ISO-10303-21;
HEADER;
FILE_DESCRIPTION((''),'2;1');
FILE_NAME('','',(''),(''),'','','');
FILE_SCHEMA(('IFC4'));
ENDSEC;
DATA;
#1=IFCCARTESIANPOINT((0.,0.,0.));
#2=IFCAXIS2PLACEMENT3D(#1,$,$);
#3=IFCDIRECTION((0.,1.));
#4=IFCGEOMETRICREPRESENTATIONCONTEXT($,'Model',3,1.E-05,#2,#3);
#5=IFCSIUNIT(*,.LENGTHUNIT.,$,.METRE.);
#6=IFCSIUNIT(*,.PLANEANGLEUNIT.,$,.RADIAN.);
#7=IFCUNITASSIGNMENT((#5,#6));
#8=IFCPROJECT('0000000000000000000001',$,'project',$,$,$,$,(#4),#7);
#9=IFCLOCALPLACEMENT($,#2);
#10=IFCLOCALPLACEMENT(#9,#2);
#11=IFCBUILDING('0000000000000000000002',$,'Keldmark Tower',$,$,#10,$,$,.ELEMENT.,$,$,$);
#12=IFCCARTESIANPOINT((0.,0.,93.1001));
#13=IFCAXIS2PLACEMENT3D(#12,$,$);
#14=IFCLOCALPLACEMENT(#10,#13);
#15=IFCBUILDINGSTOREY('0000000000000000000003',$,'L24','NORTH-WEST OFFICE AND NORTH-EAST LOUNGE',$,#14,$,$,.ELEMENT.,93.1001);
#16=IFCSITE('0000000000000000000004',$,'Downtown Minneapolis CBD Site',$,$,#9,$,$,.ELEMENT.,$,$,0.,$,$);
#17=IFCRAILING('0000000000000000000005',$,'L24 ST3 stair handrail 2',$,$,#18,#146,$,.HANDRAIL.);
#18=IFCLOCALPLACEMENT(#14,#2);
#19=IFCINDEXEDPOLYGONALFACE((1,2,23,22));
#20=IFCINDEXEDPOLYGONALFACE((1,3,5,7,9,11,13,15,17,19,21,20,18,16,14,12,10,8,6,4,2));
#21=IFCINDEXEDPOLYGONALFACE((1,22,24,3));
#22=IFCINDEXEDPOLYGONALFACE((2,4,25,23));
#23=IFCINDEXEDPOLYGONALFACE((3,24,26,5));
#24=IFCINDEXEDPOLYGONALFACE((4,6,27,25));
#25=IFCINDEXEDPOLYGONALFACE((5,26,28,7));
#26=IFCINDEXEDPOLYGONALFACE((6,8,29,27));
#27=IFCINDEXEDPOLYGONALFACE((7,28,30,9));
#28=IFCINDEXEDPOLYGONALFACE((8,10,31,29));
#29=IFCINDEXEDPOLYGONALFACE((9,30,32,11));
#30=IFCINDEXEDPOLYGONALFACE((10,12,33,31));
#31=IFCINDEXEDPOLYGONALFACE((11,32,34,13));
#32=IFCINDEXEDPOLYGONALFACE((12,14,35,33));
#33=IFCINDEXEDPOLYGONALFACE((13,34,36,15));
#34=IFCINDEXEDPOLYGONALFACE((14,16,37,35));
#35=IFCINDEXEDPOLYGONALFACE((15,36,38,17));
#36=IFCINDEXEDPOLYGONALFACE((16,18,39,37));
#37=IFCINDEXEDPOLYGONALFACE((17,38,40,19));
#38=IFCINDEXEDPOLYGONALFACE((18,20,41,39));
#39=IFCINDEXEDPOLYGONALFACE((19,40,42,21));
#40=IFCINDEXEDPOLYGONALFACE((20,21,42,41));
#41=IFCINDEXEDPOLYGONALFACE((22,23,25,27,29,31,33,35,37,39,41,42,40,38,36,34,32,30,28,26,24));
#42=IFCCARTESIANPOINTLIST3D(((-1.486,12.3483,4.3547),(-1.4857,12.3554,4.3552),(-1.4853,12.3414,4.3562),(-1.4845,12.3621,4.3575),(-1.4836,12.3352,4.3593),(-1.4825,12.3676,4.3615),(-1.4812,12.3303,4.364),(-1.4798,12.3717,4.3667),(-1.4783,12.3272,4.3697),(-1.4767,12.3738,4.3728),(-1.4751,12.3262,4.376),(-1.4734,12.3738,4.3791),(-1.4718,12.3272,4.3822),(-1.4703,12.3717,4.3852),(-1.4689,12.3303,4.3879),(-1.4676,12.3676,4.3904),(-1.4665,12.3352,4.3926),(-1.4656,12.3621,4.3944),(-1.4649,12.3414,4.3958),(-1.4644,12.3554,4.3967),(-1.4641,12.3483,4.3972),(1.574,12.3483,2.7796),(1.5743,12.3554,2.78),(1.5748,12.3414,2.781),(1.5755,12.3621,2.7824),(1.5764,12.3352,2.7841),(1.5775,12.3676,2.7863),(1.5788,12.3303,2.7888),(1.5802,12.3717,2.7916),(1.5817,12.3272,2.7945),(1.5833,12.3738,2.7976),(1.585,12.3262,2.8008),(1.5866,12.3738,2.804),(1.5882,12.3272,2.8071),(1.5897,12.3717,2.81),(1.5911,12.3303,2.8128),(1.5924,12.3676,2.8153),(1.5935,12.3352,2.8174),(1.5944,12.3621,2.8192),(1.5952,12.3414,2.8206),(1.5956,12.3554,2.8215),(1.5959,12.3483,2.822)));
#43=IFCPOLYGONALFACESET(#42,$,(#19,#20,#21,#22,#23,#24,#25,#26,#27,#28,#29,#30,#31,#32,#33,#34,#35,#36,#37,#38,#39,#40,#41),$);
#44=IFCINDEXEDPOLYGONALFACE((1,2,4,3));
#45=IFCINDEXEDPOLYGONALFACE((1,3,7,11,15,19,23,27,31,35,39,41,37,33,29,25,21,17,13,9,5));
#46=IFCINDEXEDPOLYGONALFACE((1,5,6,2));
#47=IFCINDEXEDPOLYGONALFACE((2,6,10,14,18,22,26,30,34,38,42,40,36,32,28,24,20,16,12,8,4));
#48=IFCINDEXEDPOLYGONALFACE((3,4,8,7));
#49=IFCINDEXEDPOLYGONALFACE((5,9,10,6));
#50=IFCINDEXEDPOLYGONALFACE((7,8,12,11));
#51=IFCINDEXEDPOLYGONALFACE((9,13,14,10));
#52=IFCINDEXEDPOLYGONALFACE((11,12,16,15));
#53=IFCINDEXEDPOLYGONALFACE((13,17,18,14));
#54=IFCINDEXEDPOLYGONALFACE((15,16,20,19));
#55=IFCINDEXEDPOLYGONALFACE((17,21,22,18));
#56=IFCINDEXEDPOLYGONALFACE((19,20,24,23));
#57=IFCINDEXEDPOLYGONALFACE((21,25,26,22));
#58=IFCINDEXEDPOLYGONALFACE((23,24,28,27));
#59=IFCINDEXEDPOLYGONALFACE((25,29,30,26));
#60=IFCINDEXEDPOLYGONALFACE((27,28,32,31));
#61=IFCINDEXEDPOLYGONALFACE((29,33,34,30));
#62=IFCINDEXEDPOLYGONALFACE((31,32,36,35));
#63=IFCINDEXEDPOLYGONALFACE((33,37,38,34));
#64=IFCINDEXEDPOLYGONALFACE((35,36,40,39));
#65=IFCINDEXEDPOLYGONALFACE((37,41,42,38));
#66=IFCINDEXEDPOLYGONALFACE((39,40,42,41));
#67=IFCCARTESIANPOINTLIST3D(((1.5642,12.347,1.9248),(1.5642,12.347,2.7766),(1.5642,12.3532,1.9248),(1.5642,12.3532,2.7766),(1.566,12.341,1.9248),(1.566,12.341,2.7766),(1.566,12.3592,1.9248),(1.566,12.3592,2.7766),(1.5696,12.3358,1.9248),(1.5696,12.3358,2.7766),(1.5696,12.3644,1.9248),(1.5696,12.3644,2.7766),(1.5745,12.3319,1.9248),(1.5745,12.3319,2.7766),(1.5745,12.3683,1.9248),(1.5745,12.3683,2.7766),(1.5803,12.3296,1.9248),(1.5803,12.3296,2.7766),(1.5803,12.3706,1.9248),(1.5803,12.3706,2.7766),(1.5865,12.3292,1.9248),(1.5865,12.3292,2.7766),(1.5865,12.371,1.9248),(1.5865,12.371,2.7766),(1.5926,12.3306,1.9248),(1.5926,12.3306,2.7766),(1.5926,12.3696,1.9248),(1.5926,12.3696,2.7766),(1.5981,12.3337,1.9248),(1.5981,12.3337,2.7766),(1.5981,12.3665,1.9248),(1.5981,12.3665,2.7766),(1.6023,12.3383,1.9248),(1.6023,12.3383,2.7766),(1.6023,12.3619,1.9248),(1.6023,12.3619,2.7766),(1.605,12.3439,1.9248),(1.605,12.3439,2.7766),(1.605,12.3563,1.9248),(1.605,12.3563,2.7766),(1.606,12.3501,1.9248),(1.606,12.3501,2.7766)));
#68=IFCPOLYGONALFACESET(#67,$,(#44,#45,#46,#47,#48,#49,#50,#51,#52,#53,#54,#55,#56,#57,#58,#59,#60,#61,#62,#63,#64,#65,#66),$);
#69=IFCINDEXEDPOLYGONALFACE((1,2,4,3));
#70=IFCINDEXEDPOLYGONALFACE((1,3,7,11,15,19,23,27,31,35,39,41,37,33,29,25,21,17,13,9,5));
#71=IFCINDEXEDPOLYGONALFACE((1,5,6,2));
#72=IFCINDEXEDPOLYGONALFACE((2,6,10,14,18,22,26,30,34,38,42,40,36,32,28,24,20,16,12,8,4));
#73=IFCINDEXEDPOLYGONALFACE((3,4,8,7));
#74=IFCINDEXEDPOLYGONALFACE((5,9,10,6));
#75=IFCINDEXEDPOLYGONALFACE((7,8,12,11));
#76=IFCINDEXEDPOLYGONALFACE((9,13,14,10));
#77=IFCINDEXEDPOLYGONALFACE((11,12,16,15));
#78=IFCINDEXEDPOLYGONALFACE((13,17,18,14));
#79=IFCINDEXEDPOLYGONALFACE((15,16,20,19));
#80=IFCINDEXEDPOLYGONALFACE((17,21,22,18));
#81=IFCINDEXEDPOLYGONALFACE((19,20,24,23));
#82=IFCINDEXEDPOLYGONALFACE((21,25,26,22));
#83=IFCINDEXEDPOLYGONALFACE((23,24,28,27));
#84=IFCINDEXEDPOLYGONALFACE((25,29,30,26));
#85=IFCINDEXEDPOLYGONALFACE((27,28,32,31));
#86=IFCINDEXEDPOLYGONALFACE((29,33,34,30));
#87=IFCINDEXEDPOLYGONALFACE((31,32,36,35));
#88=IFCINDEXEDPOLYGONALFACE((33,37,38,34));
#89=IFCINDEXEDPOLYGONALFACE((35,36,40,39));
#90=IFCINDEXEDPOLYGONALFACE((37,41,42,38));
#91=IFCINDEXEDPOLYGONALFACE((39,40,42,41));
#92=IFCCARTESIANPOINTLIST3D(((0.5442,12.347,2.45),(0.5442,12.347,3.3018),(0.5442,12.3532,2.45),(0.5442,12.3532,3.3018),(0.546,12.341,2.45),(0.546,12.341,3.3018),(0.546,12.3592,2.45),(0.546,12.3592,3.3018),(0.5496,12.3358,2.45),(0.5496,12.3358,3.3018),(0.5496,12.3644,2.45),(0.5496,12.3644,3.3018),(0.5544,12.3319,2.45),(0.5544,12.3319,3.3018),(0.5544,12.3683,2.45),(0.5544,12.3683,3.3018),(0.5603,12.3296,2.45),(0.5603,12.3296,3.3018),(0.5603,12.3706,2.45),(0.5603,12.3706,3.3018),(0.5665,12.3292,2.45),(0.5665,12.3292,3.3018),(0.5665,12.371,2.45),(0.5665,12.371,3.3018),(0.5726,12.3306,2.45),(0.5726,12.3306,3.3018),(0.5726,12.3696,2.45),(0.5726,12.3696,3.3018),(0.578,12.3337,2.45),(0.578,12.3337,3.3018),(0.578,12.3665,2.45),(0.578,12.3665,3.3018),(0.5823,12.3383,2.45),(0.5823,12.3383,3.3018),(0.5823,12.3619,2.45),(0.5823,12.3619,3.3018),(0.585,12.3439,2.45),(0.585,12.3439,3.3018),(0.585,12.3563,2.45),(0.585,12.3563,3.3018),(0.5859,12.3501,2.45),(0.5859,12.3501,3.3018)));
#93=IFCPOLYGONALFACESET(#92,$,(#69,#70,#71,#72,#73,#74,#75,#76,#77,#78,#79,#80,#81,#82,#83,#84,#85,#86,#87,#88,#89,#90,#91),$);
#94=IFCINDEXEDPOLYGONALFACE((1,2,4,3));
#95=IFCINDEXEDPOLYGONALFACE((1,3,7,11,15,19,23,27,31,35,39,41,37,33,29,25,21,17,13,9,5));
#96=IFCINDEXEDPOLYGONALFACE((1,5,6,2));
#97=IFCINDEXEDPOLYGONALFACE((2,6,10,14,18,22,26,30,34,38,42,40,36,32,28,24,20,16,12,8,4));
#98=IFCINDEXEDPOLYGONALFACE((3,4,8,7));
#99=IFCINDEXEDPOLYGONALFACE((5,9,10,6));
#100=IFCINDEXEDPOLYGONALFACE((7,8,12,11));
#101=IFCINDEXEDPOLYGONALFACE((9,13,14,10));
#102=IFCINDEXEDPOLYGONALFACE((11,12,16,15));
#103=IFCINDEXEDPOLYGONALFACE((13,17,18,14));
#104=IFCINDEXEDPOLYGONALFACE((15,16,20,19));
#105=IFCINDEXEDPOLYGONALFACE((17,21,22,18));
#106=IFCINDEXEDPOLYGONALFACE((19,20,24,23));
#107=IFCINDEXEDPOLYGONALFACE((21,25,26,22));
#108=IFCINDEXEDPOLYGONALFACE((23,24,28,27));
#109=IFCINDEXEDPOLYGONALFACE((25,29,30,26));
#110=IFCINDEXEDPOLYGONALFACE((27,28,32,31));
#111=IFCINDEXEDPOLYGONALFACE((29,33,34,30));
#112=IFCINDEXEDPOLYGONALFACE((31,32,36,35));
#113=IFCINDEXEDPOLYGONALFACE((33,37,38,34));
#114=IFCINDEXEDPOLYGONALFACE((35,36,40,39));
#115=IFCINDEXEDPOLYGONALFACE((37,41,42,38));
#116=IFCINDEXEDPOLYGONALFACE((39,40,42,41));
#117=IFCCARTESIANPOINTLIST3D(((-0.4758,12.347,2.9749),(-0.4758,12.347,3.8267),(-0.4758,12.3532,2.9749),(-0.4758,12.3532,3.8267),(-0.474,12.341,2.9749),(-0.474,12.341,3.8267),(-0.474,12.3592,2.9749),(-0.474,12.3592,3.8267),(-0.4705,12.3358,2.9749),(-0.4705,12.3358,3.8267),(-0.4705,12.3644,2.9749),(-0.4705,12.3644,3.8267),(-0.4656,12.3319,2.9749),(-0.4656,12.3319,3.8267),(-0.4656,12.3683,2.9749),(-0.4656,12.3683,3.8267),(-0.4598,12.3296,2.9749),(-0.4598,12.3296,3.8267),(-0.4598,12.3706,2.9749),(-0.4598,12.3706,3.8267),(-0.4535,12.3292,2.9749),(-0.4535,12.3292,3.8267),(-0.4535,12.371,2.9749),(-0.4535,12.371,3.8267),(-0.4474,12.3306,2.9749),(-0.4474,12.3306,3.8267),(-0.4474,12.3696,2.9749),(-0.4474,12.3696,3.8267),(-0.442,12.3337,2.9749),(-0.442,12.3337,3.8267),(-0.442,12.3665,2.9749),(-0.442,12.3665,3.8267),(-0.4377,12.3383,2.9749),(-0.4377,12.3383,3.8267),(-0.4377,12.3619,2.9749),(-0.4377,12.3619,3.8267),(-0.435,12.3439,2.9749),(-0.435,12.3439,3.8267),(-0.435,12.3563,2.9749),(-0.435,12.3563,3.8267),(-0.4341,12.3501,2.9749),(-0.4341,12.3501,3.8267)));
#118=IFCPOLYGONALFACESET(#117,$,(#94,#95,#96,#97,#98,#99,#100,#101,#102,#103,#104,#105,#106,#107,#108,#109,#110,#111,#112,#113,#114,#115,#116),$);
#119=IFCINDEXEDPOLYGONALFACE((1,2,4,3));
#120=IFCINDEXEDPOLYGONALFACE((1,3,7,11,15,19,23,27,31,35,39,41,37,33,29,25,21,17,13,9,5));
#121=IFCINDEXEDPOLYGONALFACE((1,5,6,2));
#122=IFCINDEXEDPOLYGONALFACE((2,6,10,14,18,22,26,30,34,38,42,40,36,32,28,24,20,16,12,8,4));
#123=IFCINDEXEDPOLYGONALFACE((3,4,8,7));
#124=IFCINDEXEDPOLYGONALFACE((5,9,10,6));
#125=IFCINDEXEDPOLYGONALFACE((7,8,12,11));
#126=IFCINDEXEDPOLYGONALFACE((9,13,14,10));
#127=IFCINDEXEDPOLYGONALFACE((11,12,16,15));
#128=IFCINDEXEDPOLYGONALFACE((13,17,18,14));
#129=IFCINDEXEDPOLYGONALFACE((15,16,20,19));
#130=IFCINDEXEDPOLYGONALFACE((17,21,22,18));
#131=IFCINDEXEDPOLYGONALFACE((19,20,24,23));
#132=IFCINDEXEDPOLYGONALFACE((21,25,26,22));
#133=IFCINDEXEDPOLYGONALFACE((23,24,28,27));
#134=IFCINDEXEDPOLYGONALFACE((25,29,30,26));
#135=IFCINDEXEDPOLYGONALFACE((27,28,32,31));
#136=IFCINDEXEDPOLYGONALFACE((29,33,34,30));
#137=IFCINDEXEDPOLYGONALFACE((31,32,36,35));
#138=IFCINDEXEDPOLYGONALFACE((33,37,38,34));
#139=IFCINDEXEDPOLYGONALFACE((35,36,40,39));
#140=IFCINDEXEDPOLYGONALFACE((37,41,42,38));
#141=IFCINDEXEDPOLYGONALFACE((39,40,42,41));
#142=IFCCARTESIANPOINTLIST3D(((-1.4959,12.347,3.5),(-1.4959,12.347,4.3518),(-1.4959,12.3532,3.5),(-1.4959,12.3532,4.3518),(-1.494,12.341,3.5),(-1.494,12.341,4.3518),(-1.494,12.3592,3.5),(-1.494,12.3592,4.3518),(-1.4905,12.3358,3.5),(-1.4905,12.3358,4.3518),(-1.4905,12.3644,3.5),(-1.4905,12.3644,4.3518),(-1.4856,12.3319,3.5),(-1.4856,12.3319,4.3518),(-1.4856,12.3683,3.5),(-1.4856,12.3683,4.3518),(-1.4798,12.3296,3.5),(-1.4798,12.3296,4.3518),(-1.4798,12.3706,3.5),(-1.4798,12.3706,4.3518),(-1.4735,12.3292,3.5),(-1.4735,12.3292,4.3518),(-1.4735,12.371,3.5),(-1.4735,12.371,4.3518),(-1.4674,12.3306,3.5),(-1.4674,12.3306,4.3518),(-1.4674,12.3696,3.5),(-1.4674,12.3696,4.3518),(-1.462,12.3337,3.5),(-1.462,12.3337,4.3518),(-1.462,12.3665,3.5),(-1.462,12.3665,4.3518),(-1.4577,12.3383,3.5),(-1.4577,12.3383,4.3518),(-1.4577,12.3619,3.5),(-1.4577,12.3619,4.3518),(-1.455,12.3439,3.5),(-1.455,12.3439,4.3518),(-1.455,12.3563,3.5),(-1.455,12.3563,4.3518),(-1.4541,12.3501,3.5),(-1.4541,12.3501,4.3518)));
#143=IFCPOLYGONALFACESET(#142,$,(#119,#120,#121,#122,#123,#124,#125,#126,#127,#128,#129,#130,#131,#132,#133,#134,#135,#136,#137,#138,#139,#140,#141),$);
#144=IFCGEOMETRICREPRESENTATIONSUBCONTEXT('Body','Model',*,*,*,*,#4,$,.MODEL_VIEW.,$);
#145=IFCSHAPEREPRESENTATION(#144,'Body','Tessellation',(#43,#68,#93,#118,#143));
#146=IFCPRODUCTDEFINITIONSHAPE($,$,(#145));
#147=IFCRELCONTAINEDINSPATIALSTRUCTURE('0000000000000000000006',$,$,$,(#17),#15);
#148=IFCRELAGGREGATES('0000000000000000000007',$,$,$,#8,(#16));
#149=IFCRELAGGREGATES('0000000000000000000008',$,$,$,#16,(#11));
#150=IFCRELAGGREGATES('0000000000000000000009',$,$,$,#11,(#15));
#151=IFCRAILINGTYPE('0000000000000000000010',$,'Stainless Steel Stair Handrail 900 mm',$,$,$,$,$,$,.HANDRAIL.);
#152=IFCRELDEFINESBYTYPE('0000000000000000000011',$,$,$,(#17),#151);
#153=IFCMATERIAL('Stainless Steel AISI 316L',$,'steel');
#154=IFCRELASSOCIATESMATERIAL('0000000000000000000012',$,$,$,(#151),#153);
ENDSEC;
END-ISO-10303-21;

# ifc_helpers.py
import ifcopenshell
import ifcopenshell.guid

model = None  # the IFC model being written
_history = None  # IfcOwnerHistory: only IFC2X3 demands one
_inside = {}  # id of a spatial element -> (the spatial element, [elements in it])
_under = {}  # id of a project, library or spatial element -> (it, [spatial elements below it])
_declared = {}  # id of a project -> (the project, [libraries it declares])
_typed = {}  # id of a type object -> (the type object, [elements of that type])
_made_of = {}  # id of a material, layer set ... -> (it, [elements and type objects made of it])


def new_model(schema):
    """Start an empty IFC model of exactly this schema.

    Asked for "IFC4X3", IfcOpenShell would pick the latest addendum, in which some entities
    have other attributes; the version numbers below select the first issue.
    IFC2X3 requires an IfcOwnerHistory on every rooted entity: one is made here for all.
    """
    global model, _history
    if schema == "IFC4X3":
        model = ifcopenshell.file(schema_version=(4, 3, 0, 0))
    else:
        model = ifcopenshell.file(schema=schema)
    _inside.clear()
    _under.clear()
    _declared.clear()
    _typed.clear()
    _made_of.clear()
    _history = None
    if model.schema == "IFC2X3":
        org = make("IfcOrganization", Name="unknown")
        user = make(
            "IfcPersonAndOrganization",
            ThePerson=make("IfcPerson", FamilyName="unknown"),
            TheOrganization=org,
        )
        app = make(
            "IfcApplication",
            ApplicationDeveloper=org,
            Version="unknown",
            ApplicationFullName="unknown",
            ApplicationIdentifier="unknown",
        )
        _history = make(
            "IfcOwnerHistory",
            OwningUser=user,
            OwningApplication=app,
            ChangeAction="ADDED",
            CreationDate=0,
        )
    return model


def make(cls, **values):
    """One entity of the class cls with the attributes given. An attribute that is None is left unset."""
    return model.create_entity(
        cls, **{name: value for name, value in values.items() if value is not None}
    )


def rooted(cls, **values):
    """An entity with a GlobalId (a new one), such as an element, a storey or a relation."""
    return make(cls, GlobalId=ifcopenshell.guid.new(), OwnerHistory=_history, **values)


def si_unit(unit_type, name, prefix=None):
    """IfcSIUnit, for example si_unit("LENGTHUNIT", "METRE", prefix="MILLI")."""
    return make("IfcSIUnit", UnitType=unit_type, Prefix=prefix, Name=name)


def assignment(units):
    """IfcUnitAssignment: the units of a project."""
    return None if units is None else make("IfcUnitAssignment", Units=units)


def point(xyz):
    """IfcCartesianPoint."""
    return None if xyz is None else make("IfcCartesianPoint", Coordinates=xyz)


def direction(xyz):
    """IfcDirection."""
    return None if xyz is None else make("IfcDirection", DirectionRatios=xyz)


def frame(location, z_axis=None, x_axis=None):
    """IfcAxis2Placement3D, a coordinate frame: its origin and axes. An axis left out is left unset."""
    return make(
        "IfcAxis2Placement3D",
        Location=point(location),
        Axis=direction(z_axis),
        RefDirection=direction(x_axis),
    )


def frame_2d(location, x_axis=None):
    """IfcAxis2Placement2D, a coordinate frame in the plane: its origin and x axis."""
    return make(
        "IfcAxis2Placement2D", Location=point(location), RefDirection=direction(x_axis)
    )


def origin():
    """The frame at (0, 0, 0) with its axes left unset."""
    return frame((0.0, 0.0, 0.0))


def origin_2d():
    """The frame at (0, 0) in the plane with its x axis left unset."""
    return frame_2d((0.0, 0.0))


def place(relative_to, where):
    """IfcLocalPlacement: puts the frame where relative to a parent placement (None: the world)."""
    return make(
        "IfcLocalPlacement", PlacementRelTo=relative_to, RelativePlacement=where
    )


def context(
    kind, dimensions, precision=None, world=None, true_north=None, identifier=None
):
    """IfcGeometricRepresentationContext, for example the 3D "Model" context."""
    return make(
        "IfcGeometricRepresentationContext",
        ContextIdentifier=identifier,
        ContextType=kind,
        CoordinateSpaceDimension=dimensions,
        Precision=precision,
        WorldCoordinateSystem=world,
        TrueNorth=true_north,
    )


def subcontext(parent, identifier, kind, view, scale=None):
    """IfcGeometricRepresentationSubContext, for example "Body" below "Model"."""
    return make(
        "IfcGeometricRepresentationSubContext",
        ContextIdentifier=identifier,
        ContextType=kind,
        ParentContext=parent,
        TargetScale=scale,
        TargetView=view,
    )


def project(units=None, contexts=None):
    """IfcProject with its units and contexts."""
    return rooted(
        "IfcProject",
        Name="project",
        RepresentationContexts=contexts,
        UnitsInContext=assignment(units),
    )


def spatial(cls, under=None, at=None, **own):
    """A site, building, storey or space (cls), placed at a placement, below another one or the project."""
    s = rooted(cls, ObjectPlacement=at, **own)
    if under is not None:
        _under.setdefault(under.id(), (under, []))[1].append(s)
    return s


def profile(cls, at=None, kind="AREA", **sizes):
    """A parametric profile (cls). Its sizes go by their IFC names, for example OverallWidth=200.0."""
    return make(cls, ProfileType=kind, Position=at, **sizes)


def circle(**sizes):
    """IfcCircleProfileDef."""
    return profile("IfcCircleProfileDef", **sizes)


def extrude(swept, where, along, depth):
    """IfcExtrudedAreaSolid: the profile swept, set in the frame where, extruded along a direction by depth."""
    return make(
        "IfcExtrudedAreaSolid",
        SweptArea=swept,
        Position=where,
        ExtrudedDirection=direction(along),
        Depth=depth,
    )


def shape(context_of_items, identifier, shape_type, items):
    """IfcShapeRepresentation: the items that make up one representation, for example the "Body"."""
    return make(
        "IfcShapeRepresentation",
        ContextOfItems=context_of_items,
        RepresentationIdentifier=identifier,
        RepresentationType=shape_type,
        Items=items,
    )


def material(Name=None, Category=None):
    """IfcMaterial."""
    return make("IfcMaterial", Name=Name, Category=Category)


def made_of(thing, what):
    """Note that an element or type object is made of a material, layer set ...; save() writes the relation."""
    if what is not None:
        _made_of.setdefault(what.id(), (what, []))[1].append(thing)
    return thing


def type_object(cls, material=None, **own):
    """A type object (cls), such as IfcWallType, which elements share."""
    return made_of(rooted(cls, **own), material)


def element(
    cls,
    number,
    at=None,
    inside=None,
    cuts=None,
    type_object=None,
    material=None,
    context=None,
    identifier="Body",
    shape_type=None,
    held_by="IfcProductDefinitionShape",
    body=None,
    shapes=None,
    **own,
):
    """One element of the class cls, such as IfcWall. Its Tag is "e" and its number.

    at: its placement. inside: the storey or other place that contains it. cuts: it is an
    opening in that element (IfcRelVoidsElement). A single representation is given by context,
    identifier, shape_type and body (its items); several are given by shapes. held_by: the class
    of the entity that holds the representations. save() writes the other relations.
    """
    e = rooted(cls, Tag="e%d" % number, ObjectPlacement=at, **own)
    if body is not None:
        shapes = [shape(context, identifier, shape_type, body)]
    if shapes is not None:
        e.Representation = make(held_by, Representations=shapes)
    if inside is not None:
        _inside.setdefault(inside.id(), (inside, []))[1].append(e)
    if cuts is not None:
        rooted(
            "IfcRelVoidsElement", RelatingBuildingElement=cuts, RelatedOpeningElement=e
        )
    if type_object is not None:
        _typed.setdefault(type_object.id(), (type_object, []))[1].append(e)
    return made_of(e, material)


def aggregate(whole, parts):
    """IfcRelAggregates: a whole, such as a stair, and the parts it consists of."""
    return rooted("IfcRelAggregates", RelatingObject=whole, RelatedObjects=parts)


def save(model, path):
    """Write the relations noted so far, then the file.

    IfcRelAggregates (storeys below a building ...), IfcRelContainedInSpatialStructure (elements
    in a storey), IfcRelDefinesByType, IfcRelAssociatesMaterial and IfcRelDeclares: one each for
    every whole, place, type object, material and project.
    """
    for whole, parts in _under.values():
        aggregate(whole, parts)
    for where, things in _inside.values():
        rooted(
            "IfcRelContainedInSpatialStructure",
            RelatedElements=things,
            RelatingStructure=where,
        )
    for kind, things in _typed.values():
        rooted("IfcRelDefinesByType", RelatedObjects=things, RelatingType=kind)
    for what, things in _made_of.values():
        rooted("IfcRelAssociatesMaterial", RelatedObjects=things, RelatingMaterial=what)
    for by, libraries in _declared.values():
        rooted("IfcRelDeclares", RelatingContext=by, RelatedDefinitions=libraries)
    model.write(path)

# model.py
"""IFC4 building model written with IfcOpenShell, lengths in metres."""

from ifc_helpers import new_model, si_unit, direction, frame, origin, origin_2d, place, context, subcontext, project, spatial, circle, extrude, material, type_object, element, save


model = new_model("IFC4")

# Units and contexts
model_context = context("Model", 3, precision=1e-05, world=origin(), true_north=direction((0.0, 1.0)))
body_context = subcontext(model_context, "Body", "Model", "MODEL_VIEW")
ifc_project = project(units=[si_unit("LENGTHUNIT", "METRE"), si_unit("PLANEANGLEUNIT", "RADIAN")], contexts=[model_context])

# Site, building, storey
site_placement = place(None, origin())
site = spatial("IfcSite", under=ifc_project, at=site_placement, Name="Downtown Minneapolis CBD Site", CompositionType="ELEMENT", RefElevation=0.0)
building_placement = place(site_placement, origin())
building = spatial("IfcBuilding", under=site, at=building_placement, Name="Keldmark Tower", CompositionType="ELEMENT")
storey_placement = place(building_placement, frame((0.0, 0.0, 93.1001)))
storey = spatial("IfcBuildingStorey", under=building, at=storey_placement, Name="L24", Description="NORTH-WEST OFFICE AND NORTH-EAST LOUNGE", CompositionType="ELEMENT", Elevation=93.1001)

# Railing
ifc_material_1 = material(Name="Stainless Steel AISI 316L", Category="steel")
railing_type_1 = type_object("IfcRailingType", Name="Stainless Steel Stair Handrail 900 mm", PredefinedType="HANDRAIL", material=ifc_material_1)
railing_1_placement = place(storey_placement, frame((1.585, 12.3501, 1.9248)))
element("IfcRailing", 1, at=railing_1_placement, inside=storey, type_object=railing_type_1, Name="L24 ST3 stair handrail 2", PredefinedType="HANDRAIL", context=body_context, shape_type="SweptSolid", body=[
    extrude(circle(Radius=0.0239, at=origin_2d()), frame((0.0, 0.0, 0.876), z_axis=(-0.889116, 0.0, 0.457681), x_axis=(0.0, -1.0, 0.0)), (0.0, 0.0, 1.0), 3.4417),
    extrude(circle(Radius=0.021, at=origin_2d()), origin(), (0.0, 0.0, 1.0), 0.8518),
    extrude(circle(Radius=0.021, at=origin_2d()), frame((-1.02, 0.0, 0.5251)), (0.0, 0.0, 1.0), 0.8518),
    extrude(circle(Radius=0.021, at=origin_2d()), frame((-2.04, 0.0, 1.05)), (0.0, 0.0, 1.0), 0.8518),
    extrude(circle(Radius=0.021, at=origin_2d()), frame((-3.0601, 0.0, 1.5752)), (0.0, 0.0, 1.0), 0.8518),
])

save(model, "model.ifc")
